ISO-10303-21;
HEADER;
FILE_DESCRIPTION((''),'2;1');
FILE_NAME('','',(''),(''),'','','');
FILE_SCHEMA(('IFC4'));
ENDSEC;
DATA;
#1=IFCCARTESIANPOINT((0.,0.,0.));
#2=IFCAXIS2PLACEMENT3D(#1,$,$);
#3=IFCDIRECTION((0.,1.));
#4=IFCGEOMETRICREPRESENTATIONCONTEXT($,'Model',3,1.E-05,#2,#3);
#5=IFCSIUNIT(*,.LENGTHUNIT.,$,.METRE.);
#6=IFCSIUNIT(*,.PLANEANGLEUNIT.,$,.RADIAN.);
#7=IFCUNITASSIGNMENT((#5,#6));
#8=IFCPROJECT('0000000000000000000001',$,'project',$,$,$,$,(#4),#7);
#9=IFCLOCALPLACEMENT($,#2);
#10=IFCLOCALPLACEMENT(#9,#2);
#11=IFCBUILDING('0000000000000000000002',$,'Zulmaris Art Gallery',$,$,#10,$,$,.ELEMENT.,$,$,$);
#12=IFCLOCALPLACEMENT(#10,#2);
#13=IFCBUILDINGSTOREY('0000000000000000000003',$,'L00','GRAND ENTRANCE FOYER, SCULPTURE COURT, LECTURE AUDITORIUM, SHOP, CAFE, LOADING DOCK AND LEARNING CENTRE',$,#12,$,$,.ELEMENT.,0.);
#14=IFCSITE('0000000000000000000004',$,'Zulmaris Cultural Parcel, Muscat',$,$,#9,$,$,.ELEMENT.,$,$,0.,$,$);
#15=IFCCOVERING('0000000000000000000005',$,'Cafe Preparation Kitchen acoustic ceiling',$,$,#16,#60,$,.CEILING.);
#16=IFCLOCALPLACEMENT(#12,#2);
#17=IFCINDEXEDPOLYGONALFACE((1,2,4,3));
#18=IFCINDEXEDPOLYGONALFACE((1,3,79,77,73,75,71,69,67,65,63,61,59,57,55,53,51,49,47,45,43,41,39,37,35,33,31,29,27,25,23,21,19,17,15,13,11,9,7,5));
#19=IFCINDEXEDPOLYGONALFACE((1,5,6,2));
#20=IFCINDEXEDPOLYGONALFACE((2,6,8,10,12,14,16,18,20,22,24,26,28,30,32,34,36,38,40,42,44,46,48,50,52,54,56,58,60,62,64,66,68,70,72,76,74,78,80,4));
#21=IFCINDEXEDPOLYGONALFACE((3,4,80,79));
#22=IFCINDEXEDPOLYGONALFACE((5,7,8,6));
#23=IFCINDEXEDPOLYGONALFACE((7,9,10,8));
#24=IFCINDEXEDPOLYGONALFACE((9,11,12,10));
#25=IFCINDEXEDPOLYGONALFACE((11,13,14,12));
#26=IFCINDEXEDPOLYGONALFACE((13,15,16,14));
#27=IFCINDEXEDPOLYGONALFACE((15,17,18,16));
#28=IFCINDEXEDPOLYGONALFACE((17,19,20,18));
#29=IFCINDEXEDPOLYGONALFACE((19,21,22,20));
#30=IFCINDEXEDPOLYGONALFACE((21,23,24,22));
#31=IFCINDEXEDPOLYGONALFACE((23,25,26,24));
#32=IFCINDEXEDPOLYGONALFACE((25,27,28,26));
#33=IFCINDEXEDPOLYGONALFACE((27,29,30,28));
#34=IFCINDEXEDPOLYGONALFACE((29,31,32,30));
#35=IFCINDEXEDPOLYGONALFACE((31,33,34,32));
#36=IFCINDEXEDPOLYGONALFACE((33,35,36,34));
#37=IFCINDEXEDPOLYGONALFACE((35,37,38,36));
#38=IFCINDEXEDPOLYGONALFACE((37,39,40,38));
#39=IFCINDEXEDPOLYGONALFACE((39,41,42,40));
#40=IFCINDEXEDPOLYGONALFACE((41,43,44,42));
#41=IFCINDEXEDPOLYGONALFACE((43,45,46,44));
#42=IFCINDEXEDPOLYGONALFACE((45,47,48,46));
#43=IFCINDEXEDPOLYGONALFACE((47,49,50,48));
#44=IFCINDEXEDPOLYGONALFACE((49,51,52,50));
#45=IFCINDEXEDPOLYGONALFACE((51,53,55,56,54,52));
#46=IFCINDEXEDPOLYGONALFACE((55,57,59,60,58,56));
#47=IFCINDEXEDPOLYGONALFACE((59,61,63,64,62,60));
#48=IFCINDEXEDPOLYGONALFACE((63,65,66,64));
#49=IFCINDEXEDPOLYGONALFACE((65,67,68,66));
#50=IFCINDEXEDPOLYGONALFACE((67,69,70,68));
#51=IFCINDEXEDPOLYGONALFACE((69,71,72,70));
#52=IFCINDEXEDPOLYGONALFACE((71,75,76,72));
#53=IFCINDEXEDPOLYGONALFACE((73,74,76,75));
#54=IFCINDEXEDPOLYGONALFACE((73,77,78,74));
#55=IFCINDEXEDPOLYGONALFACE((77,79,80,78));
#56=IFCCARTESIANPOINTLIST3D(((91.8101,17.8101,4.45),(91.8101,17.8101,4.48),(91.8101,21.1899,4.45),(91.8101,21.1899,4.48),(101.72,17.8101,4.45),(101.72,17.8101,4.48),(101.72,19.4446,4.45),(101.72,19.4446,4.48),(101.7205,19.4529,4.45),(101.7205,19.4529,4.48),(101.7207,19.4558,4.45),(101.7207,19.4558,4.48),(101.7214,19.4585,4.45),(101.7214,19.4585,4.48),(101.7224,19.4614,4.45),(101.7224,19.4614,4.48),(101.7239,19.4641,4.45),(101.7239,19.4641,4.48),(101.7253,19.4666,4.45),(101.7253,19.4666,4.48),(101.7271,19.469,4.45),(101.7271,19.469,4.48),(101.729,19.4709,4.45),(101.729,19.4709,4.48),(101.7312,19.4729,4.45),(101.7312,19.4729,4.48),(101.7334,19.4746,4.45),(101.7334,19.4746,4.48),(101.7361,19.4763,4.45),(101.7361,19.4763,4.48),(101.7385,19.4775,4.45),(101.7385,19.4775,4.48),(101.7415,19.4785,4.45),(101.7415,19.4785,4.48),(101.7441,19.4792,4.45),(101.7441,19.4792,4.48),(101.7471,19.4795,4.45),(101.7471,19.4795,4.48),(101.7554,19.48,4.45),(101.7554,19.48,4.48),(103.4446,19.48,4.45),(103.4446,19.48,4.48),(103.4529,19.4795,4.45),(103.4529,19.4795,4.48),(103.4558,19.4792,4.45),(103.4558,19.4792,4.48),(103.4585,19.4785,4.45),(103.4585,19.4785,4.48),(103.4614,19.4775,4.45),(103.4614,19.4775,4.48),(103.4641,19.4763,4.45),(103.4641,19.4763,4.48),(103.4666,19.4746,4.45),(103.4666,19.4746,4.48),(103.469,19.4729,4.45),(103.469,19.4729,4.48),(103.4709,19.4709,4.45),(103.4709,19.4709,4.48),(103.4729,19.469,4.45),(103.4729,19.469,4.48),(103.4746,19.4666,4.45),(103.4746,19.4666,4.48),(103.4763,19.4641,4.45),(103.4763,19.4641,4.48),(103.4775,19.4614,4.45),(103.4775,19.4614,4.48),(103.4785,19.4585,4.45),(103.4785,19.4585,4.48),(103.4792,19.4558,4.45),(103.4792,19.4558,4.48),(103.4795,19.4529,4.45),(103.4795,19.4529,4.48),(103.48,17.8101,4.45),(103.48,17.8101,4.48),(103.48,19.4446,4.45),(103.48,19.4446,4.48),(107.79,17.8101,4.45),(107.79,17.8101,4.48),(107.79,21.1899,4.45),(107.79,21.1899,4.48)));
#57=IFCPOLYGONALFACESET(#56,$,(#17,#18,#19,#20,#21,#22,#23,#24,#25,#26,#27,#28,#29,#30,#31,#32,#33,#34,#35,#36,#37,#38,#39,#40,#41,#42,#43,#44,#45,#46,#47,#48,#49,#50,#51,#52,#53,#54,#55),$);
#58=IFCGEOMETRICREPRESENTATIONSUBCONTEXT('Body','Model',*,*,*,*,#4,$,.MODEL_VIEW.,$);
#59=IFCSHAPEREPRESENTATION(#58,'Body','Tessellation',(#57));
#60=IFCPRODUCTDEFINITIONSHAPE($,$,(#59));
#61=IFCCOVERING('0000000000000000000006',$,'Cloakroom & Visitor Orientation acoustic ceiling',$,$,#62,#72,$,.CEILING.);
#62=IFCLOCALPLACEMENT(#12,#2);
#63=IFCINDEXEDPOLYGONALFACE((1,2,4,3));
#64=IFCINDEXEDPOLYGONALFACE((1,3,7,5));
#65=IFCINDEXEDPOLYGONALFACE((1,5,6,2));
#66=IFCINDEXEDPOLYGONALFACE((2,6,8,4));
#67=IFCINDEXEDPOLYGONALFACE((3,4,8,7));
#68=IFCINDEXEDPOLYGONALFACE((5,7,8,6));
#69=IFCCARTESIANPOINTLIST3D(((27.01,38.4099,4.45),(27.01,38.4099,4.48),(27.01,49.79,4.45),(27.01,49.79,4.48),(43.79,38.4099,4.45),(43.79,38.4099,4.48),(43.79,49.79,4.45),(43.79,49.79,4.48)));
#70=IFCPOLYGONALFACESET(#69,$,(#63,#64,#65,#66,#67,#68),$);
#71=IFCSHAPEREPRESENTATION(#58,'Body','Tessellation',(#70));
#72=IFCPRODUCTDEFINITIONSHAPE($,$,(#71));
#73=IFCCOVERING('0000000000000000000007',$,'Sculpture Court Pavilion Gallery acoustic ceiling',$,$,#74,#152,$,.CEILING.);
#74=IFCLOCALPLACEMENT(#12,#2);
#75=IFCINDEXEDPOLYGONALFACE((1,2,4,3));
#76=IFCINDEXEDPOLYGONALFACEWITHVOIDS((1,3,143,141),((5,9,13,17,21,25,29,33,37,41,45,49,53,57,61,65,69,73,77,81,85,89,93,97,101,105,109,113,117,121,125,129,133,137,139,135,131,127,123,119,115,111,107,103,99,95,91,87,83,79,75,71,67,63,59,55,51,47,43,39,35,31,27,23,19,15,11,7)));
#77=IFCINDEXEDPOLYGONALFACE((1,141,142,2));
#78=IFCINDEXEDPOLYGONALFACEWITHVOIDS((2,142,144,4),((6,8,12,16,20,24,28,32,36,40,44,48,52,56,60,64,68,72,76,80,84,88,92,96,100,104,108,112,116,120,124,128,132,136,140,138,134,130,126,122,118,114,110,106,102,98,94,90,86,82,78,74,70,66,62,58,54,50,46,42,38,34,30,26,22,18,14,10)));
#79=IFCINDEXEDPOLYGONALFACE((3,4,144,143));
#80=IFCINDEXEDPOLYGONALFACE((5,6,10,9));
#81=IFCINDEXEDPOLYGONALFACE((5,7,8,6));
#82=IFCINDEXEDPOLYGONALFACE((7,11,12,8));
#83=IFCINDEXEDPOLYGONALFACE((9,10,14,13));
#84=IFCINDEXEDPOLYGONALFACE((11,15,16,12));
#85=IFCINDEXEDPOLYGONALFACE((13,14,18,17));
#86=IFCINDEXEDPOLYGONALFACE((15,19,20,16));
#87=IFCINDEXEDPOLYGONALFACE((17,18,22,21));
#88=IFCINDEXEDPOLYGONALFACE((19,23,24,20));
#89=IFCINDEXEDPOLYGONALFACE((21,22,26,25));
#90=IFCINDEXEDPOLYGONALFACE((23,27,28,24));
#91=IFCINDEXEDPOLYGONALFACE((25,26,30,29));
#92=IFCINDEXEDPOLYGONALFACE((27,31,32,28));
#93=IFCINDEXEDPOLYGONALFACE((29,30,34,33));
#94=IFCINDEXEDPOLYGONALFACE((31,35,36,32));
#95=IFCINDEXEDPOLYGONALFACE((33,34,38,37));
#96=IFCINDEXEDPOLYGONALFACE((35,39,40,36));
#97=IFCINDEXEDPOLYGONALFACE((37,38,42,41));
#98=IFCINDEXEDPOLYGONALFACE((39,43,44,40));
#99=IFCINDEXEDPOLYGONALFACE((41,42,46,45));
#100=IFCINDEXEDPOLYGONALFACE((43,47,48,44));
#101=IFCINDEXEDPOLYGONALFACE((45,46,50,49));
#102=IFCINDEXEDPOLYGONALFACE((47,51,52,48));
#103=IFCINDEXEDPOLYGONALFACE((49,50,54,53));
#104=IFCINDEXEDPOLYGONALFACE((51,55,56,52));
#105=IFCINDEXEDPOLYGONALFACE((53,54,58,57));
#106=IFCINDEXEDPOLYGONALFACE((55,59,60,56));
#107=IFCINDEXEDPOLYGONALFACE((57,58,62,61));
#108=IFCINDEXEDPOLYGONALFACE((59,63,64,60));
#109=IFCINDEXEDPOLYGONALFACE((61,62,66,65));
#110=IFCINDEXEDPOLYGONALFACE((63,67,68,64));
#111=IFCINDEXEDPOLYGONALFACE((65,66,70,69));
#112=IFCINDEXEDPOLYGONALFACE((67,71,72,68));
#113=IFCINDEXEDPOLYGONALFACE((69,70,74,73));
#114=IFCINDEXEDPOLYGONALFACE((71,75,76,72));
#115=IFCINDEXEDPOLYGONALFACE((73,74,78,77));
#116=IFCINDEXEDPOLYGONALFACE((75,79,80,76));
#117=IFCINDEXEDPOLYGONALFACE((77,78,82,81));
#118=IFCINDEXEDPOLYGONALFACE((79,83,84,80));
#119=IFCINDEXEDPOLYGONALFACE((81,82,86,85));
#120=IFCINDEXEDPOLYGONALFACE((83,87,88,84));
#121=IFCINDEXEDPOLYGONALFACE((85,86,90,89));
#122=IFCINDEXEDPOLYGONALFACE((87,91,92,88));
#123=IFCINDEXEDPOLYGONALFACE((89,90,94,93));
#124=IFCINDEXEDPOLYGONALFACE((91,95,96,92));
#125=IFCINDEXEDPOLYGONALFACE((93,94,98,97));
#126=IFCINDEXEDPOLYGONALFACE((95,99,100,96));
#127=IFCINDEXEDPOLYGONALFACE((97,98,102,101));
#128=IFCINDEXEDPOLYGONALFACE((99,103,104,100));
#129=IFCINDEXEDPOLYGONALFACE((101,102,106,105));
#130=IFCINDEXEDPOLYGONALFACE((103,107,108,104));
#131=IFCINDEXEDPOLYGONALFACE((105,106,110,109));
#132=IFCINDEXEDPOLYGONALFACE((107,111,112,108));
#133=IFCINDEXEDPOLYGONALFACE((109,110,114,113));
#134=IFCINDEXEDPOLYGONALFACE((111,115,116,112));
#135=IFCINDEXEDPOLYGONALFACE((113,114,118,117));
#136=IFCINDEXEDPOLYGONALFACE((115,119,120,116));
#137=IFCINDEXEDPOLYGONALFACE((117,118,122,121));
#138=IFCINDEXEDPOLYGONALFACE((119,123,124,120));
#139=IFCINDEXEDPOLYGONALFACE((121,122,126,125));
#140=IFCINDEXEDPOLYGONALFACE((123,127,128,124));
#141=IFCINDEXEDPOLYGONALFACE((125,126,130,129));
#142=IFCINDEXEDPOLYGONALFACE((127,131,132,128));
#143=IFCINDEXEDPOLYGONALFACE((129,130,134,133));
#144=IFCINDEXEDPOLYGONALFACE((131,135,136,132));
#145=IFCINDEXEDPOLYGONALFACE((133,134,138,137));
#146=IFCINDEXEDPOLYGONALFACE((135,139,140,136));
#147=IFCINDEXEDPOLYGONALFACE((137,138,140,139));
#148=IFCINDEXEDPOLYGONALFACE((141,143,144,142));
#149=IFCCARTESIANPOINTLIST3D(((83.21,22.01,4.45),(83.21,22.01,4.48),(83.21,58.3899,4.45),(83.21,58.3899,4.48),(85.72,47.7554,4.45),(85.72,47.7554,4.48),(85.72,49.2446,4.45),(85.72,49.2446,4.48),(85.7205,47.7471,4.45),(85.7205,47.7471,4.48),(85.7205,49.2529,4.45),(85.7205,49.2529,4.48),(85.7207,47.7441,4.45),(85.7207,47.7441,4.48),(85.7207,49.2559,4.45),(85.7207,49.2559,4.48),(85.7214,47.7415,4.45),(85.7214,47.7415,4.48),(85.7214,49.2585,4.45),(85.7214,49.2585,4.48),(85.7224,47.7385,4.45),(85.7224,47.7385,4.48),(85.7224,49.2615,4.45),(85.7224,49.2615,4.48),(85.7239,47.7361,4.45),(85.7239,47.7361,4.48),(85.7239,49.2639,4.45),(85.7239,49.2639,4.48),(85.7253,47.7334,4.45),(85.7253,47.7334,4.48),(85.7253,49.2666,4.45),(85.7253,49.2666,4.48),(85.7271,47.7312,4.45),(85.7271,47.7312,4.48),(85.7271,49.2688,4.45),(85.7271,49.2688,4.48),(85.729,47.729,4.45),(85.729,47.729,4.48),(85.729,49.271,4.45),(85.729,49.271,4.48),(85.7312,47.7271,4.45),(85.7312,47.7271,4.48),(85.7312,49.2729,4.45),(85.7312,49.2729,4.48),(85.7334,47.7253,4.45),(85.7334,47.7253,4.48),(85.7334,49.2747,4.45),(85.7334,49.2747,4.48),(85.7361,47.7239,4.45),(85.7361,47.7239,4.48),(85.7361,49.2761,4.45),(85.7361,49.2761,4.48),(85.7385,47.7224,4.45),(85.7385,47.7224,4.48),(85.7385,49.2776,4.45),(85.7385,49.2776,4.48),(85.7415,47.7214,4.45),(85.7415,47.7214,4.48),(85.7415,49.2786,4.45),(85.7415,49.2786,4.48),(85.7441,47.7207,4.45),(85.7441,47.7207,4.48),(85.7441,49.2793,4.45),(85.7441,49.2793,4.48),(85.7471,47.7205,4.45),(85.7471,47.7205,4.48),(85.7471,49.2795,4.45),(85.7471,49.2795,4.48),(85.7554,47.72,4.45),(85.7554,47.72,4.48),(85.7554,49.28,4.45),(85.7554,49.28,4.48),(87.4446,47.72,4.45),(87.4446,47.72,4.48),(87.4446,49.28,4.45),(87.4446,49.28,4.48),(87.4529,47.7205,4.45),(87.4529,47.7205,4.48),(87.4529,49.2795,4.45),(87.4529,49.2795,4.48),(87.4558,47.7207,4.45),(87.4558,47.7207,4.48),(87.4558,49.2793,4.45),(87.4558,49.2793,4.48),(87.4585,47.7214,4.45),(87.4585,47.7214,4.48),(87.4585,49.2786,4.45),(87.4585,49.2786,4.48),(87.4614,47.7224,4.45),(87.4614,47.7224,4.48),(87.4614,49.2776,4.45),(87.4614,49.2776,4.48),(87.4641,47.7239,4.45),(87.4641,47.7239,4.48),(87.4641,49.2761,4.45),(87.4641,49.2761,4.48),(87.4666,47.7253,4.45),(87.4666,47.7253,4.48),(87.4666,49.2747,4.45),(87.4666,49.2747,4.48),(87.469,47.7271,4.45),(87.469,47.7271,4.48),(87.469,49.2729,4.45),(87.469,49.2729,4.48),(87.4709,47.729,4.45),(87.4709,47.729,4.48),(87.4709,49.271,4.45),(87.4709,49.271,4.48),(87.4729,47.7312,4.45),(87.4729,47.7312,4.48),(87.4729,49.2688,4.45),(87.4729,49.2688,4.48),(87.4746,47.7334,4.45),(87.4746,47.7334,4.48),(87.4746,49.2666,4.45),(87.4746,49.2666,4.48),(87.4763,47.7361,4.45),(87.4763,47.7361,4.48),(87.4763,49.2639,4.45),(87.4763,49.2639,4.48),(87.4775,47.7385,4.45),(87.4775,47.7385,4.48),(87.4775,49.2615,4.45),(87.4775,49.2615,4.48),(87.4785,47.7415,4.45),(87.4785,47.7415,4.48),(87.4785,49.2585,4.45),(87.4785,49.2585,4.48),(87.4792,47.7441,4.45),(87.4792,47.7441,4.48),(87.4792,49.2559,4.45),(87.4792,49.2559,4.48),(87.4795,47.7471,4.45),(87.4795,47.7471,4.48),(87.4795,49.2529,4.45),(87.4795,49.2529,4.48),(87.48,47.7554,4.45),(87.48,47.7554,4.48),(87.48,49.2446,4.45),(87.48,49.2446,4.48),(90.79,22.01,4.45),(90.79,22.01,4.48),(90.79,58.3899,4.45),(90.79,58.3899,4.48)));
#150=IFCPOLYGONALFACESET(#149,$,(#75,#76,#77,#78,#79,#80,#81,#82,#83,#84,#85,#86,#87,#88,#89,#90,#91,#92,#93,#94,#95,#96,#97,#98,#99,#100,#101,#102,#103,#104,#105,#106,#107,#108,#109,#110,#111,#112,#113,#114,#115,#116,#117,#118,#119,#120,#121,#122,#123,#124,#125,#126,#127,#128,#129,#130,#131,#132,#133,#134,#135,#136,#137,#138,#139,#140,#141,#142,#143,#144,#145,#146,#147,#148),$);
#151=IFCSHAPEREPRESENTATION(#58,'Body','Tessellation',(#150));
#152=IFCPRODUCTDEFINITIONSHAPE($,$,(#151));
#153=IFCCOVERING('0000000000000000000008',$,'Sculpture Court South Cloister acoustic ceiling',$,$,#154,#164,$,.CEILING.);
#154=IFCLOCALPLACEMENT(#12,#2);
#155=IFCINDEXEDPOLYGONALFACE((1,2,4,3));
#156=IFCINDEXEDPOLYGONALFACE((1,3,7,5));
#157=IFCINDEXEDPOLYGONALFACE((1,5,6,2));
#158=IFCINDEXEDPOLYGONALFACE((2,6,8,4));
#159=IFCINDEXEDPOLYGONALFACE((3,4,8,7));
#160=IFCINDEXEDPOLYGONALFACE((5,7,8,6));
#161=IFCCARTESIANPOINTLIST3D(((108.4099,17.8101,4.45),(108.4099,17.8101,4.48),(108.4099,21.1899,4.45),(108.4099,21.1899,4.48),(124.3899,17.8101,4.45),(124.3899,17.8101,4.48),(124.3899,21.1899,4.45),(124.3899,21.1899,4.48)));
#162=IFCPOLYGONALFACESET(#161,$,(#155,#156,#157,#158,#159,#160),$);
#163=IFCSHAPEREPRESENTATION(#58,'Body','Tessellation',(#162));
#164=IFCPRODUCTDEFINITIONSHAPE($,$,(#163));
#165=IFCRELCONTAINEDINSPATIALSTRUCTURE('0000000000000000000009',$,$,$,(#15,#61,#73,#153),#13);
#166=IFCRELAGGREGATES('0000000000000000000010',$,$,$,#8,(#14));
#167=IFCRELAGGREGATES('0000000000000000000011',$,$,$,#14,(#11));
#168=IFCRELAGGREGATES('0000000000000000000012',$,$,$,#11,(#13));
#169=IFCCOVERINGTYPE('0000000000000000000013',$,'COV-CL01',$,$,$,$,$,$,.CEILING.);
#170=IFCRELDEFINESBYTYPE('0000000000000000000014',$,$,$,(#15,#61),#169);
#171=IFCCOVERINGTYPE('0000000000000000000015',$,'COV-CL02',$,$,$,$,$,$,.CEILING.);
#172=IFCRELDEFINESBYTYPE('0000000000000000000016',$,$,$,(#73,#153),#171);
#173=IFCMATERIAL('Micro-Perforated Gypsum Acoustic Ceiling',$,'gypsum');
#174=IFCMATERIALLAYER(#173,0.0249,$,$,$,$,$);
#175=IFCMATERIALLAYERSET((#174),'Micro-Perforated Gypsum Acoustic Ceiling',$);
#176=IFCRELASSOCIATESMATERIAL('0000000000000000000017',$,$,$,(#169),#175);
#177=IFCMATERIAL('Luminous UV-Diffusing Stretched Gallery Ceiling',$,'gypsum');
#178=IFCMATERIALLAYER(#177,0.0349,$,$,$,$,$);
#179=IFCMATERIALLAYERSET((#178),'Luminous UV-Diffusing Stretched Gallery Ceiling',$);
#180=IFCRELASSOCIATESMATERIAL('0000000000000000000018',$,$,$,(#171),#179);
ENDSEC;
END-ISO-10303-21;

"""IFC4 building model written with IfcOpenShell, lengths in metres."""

from ifc_helpers import new_model, si_unit, direction, frame, origin, place, context, subcontext, project, spatial, polyline, outline, extrude, material, layer, layer_set, type_object, element, save


model = new_model("IFC4")

# Units and contexts
model_context = context("Model", 3, precision=1e-05, world=origin(), true_north=direction((0.0, 1.0)))
body_context = subcontext(model_context, "Body", "Model", "MODEL_VIEW")
ifc_project = project(units=[si_unit("LENGTHUNIT", "METRE"), si_unit("PLANEANGLEUNIT", "RADIAN")], contexts=[model_context])

# Site, building, storey
site_placement = place(None, origin())
site = spatial("IfcSite", under=ifc_project, at=site_placement, Name="Zulmaris Cultural Parcel, Muscat", CompositionType="ELEMENT", RefElevation=0.0)
building_placement = place(site_placement, origin())
building = spatial("IfcBuilding", under=site, at=building_placement, Name="Zulmaris Art Gallery", CompositionType="ELEMENT")
storey_placement = place(building_placement, origin())
storey = spatial("IfcBuildingStorey", under=building, at=storey_placement, Name="L00", Description="GRAND ENTRANCE FOYER, SCULPTURE COURT, LECTURE AUDITORIUM, SHOP, CAFE, LOADING DOCK AND LEARNING CENTRE", CompositionType="ELEMENT", Elevation=0.0)

# Coverings
ifc_material_1 = material(Name="Micro-Perforated Gypsum Acoustic Ceiling", Category="gypsum")
ifc_layer_1 = layer(ifc_material_1, 0.0249)
ifc_layer_set_1 = layer_set([ifc_layer_1], Name="Micro-Perforated Gypsum Acoustic Ceiling")
covering_type_1 = type_object("IfcCoveringType", Name="COV-CL01", PredefinedType="CEILING", material=ifc_layer_set_1)
covering_1_placement = place(storey_placement, frame((0.0, 0.0, 4.45)))
element("IfcCovering", 1, at=covering_1_placement, inside=storey, type_object=covering_type_1, Name="Cafe Preparation Kitchen acoustic ceiling", PredefinedType="CEILING", context=body_context, shape_type="SweptSolid", body=[
    extrude(outline(polyline([(107.79, 21.1899), (107.79, 17.8101), (103.48, 17.8101), (103.48, 19.4446), (103.4795, 19.4529), (103.4792, 19.4558), (103.4785, 19.4585), (103.4775, 19.4614), (103.4763, 19.4641), (103.4746, 19.4666), (103.4729, 19.469), (103.4709, 19.4709), (103.469, 19.4729), (103.4666, 19.4746), (103.4641, 19.4763), (103.4614, 19.4775), (103.4585, 19.4785), (103.4558, 19.4792), (103.4529, 19.4795), (103.4446, 19.48), (101.7554, 19.48), (101.7471, 19.4795), (101.7441, 19.4792), (101.7415, 19.4785), (101.7385, 19.4775), (101.7361, 19.4763), (101.7334, 19.4746), (101.7312, 19.4729), (101.729, 19.4709), (101.7271, 19.469), (101.7253, 19.4666), (101.7239, 19.4641), (101.7224, 19.4614), (101.7214, 19.4585), (101.7207, 19.4558), (101.7205, 19.4529), (101.72, 19.4446), (101.72, 17.8101), (91.8101, 17.8101), (91.8101, 21.1899), (107.79, 21.1899)])), origin(), (0.0, 0.0, 1.0), 0.03),
])
covering_2_placement = place(storey_placement, frame((0.0, 0.0, 4.45)))
element("IfcCovering", 2, at=covering_2_placement, inside=storey, type_object=covering_type_1, Name="Cloakroom & Visitor Orientation acoustic ceiling", PredefinedType="CEILING", context=body_context, shape_type="SweptSolid", body=[
    extrude(outline(polyline([(27.01, 49.79), (43.79, 49.79), (43.79, 38.4099), (27.01, 38.4099), (27.01, 49.79)])), origin(), (0.0, 0.0, 1.0), 0.03),
])
ifc_material_2 = material(Name="Luminous UV-Diffusing Stretched Gallery Ceiling", Category="gypsum")
ifc_layer_2 = layer(ifc_material_2, 0.0349)
ifc_layer_set_2 = layer_set([ifc_layer_2], Name="Luminous UV-Diffusing Stretched Gallery Ceiling")
covering_type_2 = type_object("IfcCoveringType", Name="COV-CL02", PredefinedType="CEILING", material=ifc_layer_set_2)
covering_3_placement = place(storey_placement, frame((0.0, 0.0, 4.45)))
element("IfcCovering", 3, at=covering_3_placement, inside=storey, type_object=covering_type_2, Name="Sculpture Court Pavilion Gallery acoustic ceiling", PredefinedType="CEILING", context=body_context, shape_type="SweptSolid", body=[
    extrude(outline(polyline([(83.21, 58.3899), (90.79, 58.3899), (90.79, 22.01), (83.21, 22.01), (83.21, 58.3899)]), holes=[polyline([(85.7415, 49.2786), (85.7385, 49.2776), (85.7361, 49.2761), (85.7334, 49.2747), (85.7312, 49.2729), (85.729, 49.271), (85.7271, 49.2688), (85.7253, 49.2666), (85.7239, 49.2639), (85.7224, 49.2615), (85.7214, 49.2585), (85.7207, 49.2559), (85.7205, 49.2529), (85.72, 49.2446), (85.72, 47.7554), (85.7205, 47.7471), (85.7207, 47.7441), (85.7214, 47.7415), (85.7224, 47.7385), (85.7239, 47.7361), (85.7253, 47.7334), (85.7271, 47.7312), (85.729, 47.729), (85.7312, 47.7271), (85.7334, 47.7253), (85.7361, 47.7239), (85.7385, 47.7224), (85.7415, 47.7214), (85.7441, 47.7207), (85.7471, 47.7205), (85.7554, 47.72), (87.4446, 47.72), (87.4529, 47.7205), (87.4558, 47.7207), (87.4585, 47.7214), (87.4614, 47.7224), (87.4641, 47.7239), (87.4666, 47.7253), (87.469, 47.7271), (87.4709, 47.729), (87.4729, 47.7312), (87.4746, 47.7334), (87.4763, 47.7361), (87.4775, 47.7385), (87.4785, 47.7415), (87.4792, 47.7441), (87.4795, 47.7471), (87.48, 47.7554), (87.48, 49.2446), (87.4795, 49.2529), (87.4792, 49.2559), (87.4785, 49.2585), (87.4775, 49.2615), (87.4763, 49.2639), (87.4746, 49.2666), (87.4729, 49.2688), (87.4709, 49.271), (87.469, 49.2729), (87.4666, 49.2747), (87.4641, 49.2761), (87.4614, 49.2776), (87.4585, 49.2786), (87.4558, 49.2793), (87.4529, 49.2795), (87.4446, 49.28), (85.7554, 49.28), (85.7471, 49.2795), (85.7441, 49.2793), (85.7415, 49.2786)])]), origin(), (0.0, 0.0, 1.0), 0.03),
])
covering_4_placement = place(storey_placement, frame((0.0, 0.0, 4.45)))
element("IfcCovering", 4, at=covering_4_placement, inside=storey, type_object=covering_type_2, Name="Sculpture Court South Cloister acoustic ceiling", PredefinedType="CEILING", context=body_context, shape_type="SweptSolid", body=[
    extrude(outline(polyline([(108.4099, 21.1899), (124.3899, 21.1899), (124.3899, 17.8101), (108.4099, 17.8101), (108.4099, 21.1899)])), origin(), (0.0, 0.0, 1.0), 0.03),
])

save(model, "model.ifc")
